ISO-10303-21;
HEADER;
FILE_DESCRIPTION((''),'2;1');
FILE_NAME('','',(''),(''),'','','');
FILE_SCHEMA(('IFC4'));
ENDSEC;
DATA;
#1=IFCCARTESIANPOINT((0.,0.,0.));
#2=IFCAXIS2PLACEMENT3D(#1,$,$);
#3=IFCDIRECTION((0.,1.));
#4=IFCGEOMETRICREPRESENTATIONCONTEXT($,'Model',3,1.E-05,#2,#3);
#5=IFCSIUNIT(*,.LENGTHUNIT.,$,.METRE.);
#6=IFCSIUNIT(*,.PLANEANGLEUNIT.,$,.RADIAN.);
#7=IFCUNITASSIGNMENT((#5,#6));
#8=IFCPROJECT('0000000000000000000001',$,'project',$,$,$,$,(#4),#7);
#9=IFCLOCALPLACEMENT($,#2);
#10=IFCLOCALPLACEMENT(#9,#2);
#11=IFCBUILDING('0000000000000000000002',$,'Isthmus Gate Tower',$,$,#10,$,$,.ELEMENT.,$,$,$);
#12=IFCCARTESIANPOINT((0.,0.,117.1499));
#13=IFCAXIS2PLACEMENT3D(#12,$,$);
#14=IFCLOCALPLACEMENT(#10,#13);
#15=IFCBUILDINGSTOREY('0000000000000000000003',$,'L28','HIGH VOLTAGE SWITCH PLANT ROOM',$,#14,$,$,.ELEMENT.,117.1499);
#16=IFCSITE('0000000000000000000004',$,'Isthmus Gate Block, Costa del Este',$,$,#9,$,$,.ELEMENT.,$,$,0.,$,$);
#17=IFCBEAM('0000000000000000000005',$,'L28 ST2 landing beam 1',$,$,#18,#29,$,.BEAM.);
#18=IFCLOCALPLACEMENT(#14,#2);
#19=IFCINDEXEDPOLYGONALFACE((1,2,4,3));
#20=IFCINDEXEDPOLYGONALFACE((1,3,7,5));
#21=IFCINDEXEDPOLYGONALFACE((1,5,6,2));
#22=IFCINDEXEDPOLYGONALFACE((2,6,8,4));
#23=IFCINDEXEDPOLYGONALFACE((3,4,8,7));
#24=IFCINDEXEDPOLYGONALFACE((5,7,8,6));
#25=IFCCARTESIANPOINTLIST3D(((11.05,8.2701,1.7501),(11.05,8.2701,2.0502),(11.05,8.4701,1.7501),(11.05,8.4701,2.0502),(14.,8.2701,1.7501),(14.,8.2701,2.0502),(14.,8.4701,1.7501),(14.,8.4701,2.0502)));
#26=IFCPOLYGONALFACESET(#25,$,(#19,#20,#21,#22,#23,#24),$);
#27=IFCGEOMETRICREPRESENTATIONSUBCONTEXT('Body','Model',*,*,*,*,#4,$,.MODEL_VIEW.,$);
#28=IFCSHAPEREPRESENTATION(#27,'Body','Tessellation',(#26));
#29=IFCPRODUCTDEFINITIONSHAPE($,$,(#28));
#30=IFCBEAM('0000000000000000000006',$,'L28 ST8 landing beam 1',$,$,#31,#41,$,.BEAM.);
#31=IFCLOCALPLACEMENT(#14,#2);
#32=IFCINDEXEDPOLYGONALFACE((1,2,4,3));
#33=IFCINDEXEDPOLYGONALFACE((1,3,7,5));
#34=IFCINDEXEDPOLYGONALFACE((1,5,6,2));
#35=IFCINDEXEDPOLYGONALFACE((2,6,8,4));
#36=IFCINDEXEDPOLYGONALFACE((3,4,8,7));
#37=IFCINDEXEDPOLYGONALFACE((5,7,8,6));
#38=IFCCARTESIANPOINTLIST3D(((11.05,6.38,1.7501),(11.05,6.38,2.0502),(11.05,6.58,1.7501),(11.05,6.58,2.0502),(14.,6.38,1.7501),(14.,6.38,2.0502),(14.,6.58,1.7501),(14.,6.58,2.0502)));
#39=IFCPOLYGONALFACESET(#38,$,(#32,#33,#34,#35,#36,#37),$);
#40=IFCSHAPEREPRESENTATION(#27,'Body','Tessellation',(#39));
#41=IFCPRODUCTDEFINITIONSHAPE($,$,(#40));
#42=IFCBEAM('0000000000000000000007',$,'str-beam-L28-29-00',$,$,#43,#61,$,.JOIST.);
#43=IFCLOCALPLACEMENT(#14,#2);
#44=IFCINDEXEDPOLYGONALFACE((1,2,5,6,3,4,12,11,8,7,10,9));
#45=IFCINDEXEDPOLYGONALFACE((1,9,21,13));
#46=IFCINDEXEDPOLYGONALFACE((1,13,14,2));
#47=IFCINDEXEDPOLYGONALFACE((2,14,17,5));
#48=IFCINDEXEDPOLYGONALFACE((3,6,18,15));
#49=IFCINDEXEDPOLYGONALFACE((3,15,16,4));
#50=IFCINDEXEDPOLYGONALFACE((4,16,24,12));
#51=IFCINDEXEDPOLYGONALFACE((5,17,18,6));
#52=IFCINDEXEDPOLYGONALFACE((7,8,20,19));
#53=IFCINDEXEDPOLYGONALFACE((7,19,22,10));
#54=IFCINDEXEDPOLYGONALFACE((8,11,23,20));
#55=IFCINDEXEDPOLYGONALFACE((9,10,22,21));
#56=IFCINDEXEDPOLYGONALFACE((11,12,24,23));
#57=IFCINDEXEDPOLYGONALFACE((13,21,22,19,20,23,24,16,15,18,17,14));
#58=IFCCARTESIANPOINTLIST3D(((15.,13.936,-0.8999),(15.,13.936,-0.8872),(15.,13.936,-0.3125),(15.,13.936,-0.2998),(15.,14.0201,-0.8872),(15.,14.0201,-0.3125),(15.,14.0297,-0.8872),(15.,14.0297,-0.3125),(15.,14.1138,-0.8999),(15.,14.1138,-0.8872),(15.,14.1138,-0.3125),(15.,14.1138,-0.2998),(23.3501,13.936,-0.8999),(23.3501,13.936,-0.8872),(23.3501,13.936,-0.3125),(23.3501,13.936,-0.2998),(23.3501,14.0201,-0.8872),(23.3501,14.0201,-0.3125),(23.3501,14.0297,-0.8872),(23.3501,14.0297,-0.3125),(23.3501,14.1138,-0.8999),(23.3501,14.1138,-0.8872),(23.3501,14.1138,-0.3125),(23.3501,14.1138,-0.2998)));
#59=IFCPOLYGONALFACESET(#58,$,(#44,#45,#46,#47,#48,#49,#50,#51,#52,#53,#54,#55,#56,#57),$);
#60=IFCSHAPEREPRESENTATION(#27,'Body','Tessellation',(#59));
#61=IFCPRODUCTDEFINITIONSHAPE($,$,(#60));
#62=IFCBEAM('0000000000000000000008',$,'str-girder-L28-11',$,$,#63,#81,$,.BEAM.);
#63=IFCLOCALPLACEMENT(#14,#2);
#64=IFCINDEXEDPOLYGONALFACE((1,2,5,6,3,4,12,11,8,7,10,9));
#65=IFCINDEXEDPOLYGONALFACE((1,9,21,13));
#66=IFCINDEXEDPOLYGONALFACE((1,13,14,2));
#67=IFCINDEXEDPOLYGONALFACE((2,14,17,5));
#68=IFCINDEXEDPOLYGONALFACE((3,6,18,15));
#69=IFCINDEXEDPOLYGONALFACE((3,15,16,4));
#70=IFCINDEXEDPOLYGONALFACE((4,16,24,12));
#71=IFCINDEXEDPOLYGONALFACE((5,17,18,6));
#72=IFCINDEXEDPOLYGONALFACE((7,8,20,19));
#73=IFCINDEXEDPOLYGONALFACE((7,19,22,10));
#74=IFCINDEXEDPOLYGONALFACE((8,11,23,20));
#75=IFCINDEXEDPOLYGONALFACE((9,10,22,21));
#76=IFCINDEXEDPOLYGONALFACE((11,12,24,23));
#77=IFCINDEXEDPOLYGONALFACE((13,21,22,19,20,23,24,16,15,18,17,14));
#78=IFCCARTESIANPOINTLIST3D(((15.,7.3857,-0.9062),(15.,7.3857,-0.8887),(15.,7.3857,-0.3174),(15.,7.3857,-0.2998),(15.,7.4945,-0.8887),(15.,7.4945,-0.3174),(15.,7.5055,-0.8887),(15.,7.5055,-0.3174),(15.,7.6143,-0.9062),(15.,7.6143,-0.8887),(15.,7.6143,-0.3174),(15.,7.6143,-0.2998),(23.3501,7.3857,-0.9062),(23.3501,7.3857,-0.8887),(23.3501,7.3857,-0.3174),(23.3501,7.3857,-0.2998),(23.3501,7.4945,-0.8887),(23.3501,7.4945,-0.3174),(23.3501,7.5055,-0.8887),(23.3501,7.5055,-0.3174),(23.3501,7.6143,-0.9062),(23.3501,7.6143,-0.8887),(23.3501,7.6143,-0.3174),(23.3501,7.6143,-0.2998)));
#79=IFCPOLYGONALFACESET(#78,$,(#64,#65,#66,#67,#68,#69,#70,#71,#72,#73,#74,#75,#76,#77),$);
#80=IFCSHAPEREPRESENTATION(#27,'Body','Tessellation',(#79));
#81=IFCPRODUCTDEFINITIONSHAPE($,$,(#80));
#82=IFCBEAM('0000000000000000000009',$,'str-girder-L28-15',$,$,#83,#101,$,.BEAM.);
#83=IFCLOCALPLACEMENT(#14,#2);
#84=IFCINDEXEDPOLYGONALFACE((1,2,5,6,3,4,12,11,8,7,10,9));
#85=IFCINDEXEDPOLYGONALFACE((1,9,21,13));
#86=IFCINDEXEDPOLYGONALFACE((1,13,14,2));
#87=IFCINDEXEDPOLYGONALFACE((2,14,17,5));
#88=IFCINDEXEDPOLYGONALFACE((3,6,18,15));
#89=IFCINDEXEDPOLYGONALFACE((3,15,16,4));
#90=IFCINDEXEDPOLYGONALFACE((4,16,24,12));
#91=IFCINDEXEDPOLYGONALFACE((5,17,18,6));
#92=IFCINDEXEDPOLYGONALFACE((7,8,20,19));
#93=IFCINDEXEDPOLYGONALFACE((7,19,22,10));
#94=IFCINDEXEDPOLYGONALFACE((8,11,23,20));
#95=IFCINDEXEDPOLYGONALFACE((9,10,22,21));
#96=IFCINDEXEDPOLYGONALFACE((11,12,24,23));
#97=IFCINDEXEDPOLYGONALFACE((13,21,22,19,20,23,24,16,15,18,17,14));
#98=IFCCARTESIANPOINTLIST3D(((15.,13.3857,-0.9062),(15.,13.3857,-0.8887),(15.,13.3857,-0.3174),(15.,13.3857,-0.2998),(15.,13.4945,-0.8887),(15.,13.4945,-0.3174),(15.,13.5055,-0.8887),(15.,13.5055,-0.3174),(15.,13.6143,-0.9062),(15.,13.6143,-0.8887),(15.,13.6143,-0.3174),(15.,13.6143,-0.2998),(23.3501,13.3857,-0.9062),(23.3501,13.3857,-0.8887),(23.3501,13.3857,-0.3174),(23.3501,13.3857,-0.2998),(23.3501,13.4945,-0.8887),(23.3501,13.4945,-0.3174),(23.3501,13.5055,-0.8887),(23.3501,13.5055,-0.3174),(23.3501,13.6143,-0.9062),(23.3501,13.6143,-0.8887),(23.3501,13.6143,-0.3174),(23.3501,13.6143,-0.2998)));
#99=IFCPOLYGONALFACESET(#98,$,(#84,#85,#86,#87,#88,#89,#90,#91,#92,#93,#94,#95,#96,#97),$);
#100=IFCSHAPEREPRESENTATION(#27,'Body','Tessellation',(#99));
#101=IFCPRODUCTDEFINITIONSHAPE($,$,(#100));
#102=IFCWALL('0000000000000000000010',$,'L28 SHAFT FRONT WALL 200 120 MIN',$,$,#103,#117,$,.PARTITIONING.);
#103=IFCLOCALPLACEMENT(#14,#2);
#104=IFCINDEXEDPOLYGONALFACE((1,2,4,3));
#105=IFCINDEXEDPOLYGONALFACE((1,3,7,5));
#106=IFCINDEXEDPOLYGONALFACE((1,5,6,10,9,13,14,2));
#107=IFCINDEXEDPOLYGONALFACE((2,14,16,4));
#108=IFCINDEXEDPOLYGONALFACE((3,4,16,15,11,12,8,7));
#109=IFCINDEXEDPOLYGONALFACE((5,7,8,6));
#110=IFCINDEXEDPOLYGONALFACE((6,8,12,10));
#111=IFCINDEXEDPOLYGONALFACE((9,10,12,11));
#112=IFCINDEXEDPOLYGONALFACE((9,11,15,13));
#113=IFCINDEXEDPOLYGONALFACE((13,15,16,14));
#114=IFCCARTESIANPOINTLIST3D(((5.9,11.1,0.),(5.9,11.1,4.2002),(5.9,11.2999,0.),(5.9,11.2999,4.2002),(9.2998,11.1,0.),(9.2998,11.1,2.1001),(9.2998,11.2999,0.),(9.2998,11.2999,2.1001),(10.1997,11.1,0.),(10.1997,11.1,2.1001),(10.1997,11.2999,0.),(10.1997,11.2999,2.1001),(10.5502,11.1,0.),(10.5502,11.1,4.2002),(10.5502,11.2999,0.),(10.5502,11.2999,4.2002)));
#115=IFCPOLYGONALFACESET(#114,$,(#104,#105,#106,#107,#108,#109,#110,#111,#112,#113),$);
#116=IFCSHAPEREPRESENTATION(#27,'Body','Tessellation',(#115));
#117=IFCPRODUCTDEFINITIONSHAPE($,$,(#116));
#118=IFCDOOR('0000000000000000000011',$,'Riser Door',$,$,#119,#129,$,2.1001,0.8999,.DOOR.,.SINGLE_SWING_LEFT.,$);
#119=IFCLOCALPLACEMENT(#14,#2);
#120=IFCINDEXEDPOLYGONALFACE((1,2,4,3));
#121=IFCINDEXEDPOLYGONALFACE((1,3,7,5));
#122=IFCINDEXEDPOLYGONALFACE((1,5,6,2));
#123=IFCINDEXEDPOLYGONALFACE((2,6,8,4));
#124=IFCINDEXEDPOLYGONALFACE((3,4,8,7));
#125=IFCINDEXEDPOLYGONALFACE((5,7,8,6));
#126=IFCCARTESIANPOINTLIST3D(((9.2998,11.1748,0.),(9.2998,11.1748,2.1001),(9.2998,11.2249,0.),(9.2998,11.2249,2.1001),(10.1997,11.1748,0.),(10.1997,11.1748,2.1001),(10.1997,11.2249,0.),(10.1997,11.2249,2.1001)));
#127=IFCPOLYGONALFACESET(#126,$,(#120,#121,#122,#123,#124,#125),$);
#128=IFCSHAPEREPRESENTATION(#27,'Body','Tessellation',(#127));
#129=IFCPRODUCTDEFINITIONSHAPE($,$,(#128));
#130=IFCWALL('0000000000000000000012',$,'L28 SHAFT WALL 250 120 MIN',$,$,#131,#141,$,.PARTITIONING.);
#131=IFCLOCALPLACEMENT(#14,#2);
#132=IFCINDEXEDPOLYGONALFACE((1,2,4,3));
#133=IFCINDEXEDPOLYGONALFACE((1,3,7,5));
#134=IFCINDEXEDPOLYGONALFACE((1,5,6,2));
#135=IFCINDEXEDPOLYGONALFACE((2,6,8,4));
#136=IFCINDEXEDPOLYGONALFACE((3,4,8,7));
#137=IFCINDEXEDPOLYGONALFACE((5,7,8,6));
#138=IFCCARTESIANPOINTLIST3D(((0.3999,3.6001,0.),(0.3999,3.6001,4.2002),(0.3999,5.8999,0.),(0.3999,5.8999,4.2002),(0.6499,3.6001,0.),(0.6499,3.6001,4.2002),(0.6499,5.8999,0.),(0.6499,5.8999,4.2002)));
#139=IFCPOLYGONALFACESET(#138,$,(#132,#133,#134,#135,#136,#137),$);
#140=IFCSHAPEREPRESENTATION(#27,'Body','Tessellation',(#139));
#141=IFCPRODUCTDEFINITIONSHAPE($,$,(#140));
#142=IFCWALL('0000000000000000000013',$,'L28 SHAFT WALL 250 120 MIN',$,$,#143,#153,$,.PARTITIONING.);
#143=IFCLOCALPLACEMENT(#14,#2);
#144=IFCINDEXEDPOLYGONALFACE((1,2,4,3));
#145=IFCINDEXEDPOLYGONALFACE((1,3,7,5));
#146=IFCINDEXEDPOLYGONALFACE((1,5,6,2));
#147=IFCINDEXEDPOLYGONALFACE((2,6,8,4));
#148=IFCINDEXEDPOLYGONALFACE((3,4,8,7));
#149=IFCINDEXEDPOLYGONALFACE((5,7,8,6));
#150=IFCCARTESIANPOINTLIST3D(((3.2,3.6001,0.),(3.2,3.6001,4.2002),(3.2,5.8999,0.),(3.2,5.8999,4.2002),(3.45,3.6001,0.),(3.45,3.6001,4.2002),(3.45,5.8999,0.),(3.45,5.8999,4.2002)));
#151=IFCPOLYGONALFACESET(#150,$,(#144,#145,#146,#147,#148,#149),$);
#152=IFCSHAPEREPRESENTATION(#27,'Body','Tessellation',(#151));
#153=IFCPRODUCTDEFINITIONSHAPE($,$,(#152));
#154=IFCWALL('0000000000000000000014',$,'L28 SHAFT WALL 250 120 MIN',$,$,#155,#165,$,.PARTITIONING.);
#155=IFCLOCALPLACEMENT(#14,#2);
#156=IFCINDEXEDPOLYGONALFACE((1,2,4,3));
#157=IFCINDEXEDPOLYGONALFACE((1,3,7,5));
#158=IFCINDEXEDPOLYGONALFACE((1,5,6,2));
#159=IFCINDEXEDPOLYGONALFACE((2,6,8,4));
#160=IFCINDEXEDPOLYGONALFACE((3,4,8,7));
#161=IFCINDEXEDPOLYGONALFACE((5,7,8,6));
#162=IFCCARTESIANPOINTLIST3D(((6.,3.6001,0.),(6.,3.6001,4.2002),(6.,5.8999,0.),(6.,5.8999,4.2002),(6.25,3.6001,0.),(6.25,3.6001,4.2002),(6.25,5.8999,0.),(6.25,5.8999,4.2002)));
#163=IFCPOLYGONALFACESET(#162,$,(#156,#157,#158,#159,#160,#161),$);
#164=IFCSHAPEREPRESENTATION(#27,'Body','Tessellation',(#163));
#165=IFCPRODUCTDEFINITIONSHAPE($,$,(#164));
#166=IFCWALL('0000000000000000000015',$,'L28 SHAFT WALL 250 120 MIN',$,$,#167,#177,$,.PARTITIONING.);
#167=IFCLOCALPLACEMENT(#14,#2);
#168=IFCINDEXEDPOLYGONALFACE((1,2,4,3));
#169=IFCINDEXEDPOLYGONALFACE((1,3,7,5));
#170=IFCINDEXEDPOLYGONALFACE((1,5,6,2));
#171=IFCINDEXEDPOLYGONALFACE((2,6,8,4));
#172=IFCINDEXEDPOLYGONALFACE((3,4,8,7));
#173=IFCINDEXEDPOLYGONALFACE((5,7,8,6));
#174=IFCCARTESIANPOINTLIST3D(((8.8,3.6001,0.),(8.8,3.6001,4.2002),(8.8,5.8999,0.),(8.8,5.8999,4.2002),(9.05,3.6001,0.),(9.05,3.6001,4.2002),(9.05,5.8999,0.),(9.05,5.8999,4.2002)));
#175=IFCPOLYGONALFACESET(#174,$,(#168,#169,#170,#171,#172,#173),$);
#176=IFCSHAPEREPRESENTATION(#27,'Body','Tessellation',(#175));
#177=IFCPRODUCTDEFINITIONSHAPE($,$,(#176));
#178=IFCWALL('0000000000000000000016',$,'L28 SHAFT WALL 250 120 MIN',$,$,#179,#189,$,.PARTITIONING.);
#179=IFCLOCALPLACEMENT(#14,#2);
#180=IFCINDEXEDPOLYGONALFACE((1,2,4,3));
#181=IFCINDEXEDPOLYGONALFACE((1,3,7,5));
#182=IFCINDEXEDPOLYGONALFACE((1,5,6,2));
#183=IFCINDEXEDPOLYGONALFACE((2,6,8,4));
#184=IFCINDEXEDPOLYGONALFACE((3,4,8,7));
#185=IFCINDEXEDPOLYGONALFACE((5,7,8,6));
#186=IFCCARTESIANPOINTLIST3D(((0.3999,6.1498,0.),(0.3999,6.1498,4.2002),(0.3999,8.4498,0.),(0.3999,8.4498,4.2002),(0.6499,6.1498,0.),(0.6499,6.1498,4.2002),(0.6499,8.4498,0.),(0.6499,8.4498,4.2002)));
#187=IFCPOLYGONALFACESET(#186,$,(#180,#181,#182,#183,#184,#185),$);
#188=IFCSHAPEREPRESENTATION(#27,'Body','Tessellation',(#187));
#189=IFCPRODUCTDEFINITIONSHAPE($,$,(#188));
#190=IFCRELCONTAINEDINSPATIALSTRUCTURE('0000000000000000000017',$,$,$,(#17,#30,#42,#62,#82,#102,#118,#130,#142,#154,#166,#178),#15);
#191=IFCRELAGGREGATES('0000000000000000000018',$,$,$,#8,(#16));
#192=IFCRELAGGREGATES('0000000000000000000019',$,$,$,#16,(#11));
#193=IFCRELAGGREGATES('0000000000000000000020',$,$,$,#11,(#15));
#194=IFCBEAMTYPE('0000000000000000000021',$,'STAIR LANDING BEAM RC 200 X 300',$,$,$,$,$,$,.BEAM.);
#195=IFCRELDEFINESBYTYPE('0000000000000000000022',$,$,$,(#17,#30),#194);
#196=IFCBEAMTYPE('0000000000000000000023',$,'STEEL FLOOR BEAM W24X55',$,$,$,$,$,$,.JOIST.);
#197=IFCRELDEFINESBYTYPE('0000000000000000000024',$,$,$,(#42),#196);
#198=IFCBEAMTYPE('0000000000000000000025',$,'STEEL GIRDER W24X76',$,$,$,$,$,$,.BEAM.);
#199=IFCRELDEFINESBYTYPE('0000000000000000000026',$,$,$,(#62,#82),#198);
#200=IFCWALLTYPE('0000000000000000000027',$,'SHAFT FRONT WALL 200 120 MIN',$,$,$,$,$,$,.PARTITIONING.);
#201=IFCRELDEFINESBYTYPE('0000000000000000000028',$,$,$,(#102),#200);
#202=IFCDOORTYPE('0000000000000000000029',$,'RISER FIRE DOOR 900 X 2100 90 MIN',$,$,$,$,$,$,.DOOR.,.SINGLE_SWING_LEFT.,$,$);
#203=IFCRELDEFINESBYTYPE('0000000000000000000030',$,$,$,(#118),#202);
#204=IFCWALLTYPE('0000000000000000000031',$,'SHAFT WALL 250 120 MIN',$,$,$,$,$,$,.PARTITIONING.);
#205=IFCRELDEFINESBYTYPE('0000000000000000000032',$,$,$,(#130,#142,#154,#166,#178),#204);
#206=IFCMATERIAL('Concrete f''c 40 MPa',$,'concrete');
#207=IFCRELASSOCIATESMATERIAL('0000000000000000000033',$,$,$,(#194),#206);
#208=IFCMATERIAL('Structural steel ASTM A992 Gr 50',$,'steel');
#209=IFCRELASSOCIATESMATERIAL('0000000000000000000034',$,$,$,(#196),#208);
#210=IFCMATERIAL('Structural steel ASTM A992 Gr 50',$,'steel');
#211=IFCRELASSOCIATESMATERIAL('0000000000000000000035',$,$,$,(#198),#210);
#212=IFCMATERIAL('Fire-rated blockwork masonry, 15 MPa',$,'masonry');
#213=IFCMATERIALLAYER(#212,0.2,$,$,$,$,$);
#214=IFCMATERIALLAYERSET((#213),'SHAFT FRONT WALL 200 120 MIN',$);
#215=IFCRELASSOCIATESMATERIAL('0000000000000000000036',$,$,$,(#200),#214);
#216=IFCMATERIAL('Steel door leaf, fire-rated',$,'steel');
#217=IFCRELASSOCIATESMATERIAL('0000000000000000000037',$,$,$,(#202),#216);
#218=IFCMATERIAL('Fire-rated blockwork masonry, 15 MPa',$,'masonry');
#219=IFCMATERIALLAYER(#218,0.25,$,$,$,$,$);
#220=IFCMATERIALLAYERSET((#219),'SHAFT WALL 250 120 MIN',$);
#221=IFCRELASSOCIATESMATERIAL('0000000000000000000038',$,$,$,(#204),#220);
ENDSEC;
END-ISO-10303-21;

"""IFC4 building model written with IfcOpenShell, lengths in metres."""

from ifc_helpers import new_model, si_unit, direction, frame, frame_2d, origin, origin_2d, place, context, subcontext, project, spatial, rectangle, i_section, extrude, material, layer, layer_set, material_profile, profile_set, type_object, element, fill, save


model = new_model("IFC4")

# Units and contexts
model_context = context("Model", 3, precision=1e-05, world=origin(), true_north=direction((0.0, 1.0)))
body_context = subcontext(model_context, "Body", "Model", "MODEL_VIEW")
ifc_project = project(units=[si_unit("LENGTHUNIT", "METRE"), si_unit("PLANEANGLEUNIT", "RADIAN")], contexts=[model_context])

# Site, building, storey
site_placement = place(None, origin())
site = spatial("IfcSite", under=ifc_project, at=site_placement, Name="Isthmus Gate Block, Costa del Este", CompositionType="ELEMENT", RefElevation=0.0)
building_placement = place(site_placement, origin())
building = spatial("IfcBuilding", under=site, at=building_placement, Name="Isthmus Gate Tower", CompositionType="ELEMENT")
storey_placement = place(building_placement, frame((0.0, 0.0, 117.1499)))
storey = spatial("IfcBuildingStorey", under=building, at=storey_placement, Name="L28", Description="HIGH VOLTAGE SWITCH PLANT ROOM", CompositionType="ELEMENT", Elevation=117.1499)

# Beams
ifc_material_1 = material(Name="Concrete f'c 40 MPa", Category="concrete")
ifc_material_profile_1 = material_profile(ifc_material_1, rectangle(XDim=0.2, YDim=0.3, at=origin_2d()), Name="STAIR LANDING BEAM RC 200 X 300")
ifc_profile_set_1 = profile_set([ifc_material_profile_1], Name="Concrete f'c 40 MPa")
beam_type_1 = type_object("IfcBeamType", Name="STAIR LANDING BEAM RC 200 X 300", PredefinedType="BEAM", material=ifc_profile_set_1)
for number, where, z_axis, x_axis, name in (
    (1, (11.05, 8.3701, 1.9001), (1.0, 0.0, 0.0), (0.0, 1.0, 0.0), "L28 ST2 landing beam 1"),
    (2, (11.05, 6.48, 1.9001), (1.0, 0.0, 0.0), (0.0, 1.0, 0.0), "L28 ST8 landing beam 1"),
):
    element("IfcBeam", number, at=place(storey_placement, frame(where, z_axis=z_axis, x_axis=x_axis)), inside=storey, type_object=beam_type_1, Name=name, PredefinedType="BEAM", context=body_context, shape_type="SweptSolid", body=[
        extrude(rectangle(XDim=0.2, YDim=0.3, at=origin_2d()), origin(), (0.0, 0.0, 1.0), 2.95),
    ])
ifc_material_2 = material(Name="Structural steel ASTM A992 Gr 50", Category="steel")
ifc_material_profile_2 = material_profile(ifc_material_2, i_section(OverallWidth=0.1777, OverallDepth=0.6001, WebThickness=0.0095, FlangeThickness=0.0127, at=origin_2d()), Name="W24X55")
ifc_profile_set_2 = profile_set([ifc_material_profile_2], Name="Structural steel ASTM A992 Gr 50")
beam_type_2 = type_object("IfcBeamType", Name="STEEL FLOOR BEAM W24X55", PredefinedType="JOIST", material=ifc_profile_set_2)
beam_placement = place(storey_placement, frame((15.0, 14.0249, -0.5999), z_axis=(1.0, 0.0, 0.0), x_axis=(0.0, 1.0, 0.0)))
element("IfcBeam", 3, at=beam_placement, inside=storey, type_object=beam_type_2, Name="str-beam-L28-29-00", PredefinedType="JOIST", context=body_context, shape_type="SweptSolid", body=[
    extrude(i_section(OverallWidth=0.1777, OverallDepth=0.6001, WebThickness=0.0095, FlangeThickness=0.0127, at=origin_2d()), origin(), (0.0, 0.0, 1.0), 8.3501),
])
ifc_material_3 = material(Name="Structural steel ASTM A992 Gr 50", Category="steel")
ifc_material_profile_3 = material_profile(ifc_material_3, i_section(OverallWidth=0.2285, OverallDepth=0.6064, WebThickness=0.011, FlangeThickness=0.0176, at=origin_2d()), Name="W24X76")
ifc_profile_set_3 = profile_set([ifc_material_profile_3], Name="Structural steel ASTM A992 Gr 50")
beam_type_3 = type_object("IfcBeamType", Name="STEEL GIRDER W24X76", PredefinedType="BEAM", material=ifc_profile_set_3)
for number, where, z_axis, x_axis, name in (
    (4, (15.0, 7.5, -0.603), (1.0, 0.0, 0.0), (0.0, 1.0, 0.0), "str-girder-L28-11"),
    (5, (15.0, 13.5, -0.603), (1.0, 0.0, 0.0), (0.0, 1.0, 0.0), "str-girder-L28-15"),
):
    element("IfcBeam", number, at=place(storey_placement, frame(where, z_axis=z_axis, x_axis=x_axis)), inside=storey, type_object=beam_type_3, Name=name, PredefinedType="BEAM", context=body_context, shape_type="SweptSolid", body=[
        extrude(i_section(OverallWidth=0.2285, OverallDepth=0.6064, WebThickness=0.011, FlangeThickness=0.0176, at=origin_2d()), origin(), (0.0, 0.0, 1.0), 8.3501),
    ])

# Wall, opening, door
ifc_material_4 = material(Name="Fire-rated blockwork masonry, 15 MPa", Category="masonry")
ifc_layer_1 = layer(ifc_material_4, 0.2)
ifc_layer_set_1 = layer_set([ifc_layer_1], Name="SHAFT FRONT WALL 200 120 MIN")
wall_type_1 = type_object("IfcWallType", Name="SHAFT FRONT WALL 200 120 MIN", PredefinedType="PARTITIONING", material=ifc_layer_set_1)
wall_1_placement = place(storey_placement, frame((5.8999, 11.2, 0.0), z_axis=(0.0, 0.0, 1.0), x_axis=(1.0, 0.0, 0.0)))
wall_1 = element("IfcWall", 6, at=wall_1_placement, inside=storey, type_object=wall_type_1, Name="L28 SHAFT FRONT WALL 200 120 MIN", PredefinedType="PARTITIONING", context=body_context, shape_type="SweptSolid", body=[
    extrude(rectangle(XDim=4.6501, YDim=0.2, at=frame_2d((2.3252, 0.0))), origin(), (0.0, 0.0, 1.0), 4.2002),
])
opening_placement = place(wall_1_placement, frame((3.3999, 0.0, 0.0)))
opening = element("IfcOpeningElement", 7, at=opening_placement, cuts=wall_1, PredefinedType="OPENING", context=body_context, shape_type="SweptSolid", body=[
    extrude(rectangle(XDim=0.8999, YDim=2.1001, at=frame_2d((0.45, 1.05))), frame((0.0, 0.1099, 0.0), z_axis=(0.0, -1.0, 0.0), x_axis=(1.0, 0.0, 0.0)), (0.0, 0.0, 1.0), 0.22),
])
ifc_material_5 = material(Name="Steel door leaf, fire-rated", Category="steel")
door_type = type_object("IfcDoorType", Name="RISER FIRE DOOR 900 X 2100 90 MIN", OperationType="SINGLE_SWING_LEFT", PredefinedType="DOOR", material=ifc_material_5)
door_placement = place(opening_placement, origin())
door = element("IfcDoor", 8, at=door_placement, inside=storey, type_object=door_type, Name="Riser Door", OperationType="SINGLE_SWING_LEFT", OverallHeight=2.1001, OverallWidth=0.8999, PredefinedType="DOOR", context=body_context, shape_type="SweptSolid", body=[
    extrude(rectangle(XDim=0.8999, YDim=2.1001, at=frame_2d((0.45, 1.05))), frame((0.0, 0.0249, 0.0), z_axis=(0.0, -1.0, 0.0), x_axis=(1.0, 0.0, 0.0)), (0.0, 0.0, 1.0), 0.05),
])
fill(opening, door)

# Walls
ifc_material_6 = material(Name="Fire-rated blockwork masonry, 15 MPa", Category="masonry")
ifc_layer_2 = layer(ifc_material_6, 0.25)
ifc_layer_set_2 = layer_set([ifc_layer_2], Name="SHAFT WALL 250 120 MIN")
wall_type_2 = type_object("IfcWallType", Name="SHAFT WALL 250 120 MIN", PredefinedType="PARTITIONING", material=ifc_layer_set_2)
for number, where, z_axis, x_axis, name in (
    (9, (0.5249, 3.6001, 0.0), (0.0, 0.0, 1.0), (0.0, 1.0, 0.0), "L28 SHAFT WALL 250 120 MIN"),
    (10, (3.325, 3.6001, 0.0), (0.0, 0.0, 1.0), (0.0, 1.0, 0.0), "L28 SHAFT WALL 250 120 MIN"),
    (11, (6.125, 3.6001, 0.0), (0.0, 0.0, 1.0), (0.0, 1.0, 0.0), "L28 SHAFT WALL 250 120 MIN"),
    (12, (8.925, 3.6001, 0.0), (0.0, 0.0, 1.0), (0.0, 1.0, 0.0), "L28 SHAFT WALL 250 120 MIN"),
):
    element("IfcWall", number, at=place(storey_placement, frame(where, z_axis=z_axis, x_axis=x_axis)), inside=storey, type_object=wall_type_2, Name=name, PredefinedType="PARTITIONING", context=body_context, shape_type="SweptSolid", body=[
        extrude(rectangle(XDim=2.2998, YDim=0.25, at=frame_2d((1.1499, 0.0))), origin(), (0.0, 0.0, 1.0), 4.2002),
    ])
for number, where, z_axis, x_axis, name in (
    (13, (0.5249, 6.1499, 0.0), (0.0, 0.0, 1.0), (0.0, 1.0, 0.0), "L28 SHAFT WALL 250 120 MIN"),
):
    element("IfcWall", number, at=place(storey_placement, frame(where, z_axis=z_axis, x_axis=x_axis)), inside=storey, type_object=wall_type_2, Name=name, PredefinedType="PARTITIONING", context=body_context, shape_type="SweptSolid", body=[
        extrude(rectangle(XDim=2.3, YDim=0.25, at=frame_2d((1.1499, 0.0))), origin(), (0.0, 0.0, 1.0), 4.2002),
    ])

save(model, "model.ifc")
